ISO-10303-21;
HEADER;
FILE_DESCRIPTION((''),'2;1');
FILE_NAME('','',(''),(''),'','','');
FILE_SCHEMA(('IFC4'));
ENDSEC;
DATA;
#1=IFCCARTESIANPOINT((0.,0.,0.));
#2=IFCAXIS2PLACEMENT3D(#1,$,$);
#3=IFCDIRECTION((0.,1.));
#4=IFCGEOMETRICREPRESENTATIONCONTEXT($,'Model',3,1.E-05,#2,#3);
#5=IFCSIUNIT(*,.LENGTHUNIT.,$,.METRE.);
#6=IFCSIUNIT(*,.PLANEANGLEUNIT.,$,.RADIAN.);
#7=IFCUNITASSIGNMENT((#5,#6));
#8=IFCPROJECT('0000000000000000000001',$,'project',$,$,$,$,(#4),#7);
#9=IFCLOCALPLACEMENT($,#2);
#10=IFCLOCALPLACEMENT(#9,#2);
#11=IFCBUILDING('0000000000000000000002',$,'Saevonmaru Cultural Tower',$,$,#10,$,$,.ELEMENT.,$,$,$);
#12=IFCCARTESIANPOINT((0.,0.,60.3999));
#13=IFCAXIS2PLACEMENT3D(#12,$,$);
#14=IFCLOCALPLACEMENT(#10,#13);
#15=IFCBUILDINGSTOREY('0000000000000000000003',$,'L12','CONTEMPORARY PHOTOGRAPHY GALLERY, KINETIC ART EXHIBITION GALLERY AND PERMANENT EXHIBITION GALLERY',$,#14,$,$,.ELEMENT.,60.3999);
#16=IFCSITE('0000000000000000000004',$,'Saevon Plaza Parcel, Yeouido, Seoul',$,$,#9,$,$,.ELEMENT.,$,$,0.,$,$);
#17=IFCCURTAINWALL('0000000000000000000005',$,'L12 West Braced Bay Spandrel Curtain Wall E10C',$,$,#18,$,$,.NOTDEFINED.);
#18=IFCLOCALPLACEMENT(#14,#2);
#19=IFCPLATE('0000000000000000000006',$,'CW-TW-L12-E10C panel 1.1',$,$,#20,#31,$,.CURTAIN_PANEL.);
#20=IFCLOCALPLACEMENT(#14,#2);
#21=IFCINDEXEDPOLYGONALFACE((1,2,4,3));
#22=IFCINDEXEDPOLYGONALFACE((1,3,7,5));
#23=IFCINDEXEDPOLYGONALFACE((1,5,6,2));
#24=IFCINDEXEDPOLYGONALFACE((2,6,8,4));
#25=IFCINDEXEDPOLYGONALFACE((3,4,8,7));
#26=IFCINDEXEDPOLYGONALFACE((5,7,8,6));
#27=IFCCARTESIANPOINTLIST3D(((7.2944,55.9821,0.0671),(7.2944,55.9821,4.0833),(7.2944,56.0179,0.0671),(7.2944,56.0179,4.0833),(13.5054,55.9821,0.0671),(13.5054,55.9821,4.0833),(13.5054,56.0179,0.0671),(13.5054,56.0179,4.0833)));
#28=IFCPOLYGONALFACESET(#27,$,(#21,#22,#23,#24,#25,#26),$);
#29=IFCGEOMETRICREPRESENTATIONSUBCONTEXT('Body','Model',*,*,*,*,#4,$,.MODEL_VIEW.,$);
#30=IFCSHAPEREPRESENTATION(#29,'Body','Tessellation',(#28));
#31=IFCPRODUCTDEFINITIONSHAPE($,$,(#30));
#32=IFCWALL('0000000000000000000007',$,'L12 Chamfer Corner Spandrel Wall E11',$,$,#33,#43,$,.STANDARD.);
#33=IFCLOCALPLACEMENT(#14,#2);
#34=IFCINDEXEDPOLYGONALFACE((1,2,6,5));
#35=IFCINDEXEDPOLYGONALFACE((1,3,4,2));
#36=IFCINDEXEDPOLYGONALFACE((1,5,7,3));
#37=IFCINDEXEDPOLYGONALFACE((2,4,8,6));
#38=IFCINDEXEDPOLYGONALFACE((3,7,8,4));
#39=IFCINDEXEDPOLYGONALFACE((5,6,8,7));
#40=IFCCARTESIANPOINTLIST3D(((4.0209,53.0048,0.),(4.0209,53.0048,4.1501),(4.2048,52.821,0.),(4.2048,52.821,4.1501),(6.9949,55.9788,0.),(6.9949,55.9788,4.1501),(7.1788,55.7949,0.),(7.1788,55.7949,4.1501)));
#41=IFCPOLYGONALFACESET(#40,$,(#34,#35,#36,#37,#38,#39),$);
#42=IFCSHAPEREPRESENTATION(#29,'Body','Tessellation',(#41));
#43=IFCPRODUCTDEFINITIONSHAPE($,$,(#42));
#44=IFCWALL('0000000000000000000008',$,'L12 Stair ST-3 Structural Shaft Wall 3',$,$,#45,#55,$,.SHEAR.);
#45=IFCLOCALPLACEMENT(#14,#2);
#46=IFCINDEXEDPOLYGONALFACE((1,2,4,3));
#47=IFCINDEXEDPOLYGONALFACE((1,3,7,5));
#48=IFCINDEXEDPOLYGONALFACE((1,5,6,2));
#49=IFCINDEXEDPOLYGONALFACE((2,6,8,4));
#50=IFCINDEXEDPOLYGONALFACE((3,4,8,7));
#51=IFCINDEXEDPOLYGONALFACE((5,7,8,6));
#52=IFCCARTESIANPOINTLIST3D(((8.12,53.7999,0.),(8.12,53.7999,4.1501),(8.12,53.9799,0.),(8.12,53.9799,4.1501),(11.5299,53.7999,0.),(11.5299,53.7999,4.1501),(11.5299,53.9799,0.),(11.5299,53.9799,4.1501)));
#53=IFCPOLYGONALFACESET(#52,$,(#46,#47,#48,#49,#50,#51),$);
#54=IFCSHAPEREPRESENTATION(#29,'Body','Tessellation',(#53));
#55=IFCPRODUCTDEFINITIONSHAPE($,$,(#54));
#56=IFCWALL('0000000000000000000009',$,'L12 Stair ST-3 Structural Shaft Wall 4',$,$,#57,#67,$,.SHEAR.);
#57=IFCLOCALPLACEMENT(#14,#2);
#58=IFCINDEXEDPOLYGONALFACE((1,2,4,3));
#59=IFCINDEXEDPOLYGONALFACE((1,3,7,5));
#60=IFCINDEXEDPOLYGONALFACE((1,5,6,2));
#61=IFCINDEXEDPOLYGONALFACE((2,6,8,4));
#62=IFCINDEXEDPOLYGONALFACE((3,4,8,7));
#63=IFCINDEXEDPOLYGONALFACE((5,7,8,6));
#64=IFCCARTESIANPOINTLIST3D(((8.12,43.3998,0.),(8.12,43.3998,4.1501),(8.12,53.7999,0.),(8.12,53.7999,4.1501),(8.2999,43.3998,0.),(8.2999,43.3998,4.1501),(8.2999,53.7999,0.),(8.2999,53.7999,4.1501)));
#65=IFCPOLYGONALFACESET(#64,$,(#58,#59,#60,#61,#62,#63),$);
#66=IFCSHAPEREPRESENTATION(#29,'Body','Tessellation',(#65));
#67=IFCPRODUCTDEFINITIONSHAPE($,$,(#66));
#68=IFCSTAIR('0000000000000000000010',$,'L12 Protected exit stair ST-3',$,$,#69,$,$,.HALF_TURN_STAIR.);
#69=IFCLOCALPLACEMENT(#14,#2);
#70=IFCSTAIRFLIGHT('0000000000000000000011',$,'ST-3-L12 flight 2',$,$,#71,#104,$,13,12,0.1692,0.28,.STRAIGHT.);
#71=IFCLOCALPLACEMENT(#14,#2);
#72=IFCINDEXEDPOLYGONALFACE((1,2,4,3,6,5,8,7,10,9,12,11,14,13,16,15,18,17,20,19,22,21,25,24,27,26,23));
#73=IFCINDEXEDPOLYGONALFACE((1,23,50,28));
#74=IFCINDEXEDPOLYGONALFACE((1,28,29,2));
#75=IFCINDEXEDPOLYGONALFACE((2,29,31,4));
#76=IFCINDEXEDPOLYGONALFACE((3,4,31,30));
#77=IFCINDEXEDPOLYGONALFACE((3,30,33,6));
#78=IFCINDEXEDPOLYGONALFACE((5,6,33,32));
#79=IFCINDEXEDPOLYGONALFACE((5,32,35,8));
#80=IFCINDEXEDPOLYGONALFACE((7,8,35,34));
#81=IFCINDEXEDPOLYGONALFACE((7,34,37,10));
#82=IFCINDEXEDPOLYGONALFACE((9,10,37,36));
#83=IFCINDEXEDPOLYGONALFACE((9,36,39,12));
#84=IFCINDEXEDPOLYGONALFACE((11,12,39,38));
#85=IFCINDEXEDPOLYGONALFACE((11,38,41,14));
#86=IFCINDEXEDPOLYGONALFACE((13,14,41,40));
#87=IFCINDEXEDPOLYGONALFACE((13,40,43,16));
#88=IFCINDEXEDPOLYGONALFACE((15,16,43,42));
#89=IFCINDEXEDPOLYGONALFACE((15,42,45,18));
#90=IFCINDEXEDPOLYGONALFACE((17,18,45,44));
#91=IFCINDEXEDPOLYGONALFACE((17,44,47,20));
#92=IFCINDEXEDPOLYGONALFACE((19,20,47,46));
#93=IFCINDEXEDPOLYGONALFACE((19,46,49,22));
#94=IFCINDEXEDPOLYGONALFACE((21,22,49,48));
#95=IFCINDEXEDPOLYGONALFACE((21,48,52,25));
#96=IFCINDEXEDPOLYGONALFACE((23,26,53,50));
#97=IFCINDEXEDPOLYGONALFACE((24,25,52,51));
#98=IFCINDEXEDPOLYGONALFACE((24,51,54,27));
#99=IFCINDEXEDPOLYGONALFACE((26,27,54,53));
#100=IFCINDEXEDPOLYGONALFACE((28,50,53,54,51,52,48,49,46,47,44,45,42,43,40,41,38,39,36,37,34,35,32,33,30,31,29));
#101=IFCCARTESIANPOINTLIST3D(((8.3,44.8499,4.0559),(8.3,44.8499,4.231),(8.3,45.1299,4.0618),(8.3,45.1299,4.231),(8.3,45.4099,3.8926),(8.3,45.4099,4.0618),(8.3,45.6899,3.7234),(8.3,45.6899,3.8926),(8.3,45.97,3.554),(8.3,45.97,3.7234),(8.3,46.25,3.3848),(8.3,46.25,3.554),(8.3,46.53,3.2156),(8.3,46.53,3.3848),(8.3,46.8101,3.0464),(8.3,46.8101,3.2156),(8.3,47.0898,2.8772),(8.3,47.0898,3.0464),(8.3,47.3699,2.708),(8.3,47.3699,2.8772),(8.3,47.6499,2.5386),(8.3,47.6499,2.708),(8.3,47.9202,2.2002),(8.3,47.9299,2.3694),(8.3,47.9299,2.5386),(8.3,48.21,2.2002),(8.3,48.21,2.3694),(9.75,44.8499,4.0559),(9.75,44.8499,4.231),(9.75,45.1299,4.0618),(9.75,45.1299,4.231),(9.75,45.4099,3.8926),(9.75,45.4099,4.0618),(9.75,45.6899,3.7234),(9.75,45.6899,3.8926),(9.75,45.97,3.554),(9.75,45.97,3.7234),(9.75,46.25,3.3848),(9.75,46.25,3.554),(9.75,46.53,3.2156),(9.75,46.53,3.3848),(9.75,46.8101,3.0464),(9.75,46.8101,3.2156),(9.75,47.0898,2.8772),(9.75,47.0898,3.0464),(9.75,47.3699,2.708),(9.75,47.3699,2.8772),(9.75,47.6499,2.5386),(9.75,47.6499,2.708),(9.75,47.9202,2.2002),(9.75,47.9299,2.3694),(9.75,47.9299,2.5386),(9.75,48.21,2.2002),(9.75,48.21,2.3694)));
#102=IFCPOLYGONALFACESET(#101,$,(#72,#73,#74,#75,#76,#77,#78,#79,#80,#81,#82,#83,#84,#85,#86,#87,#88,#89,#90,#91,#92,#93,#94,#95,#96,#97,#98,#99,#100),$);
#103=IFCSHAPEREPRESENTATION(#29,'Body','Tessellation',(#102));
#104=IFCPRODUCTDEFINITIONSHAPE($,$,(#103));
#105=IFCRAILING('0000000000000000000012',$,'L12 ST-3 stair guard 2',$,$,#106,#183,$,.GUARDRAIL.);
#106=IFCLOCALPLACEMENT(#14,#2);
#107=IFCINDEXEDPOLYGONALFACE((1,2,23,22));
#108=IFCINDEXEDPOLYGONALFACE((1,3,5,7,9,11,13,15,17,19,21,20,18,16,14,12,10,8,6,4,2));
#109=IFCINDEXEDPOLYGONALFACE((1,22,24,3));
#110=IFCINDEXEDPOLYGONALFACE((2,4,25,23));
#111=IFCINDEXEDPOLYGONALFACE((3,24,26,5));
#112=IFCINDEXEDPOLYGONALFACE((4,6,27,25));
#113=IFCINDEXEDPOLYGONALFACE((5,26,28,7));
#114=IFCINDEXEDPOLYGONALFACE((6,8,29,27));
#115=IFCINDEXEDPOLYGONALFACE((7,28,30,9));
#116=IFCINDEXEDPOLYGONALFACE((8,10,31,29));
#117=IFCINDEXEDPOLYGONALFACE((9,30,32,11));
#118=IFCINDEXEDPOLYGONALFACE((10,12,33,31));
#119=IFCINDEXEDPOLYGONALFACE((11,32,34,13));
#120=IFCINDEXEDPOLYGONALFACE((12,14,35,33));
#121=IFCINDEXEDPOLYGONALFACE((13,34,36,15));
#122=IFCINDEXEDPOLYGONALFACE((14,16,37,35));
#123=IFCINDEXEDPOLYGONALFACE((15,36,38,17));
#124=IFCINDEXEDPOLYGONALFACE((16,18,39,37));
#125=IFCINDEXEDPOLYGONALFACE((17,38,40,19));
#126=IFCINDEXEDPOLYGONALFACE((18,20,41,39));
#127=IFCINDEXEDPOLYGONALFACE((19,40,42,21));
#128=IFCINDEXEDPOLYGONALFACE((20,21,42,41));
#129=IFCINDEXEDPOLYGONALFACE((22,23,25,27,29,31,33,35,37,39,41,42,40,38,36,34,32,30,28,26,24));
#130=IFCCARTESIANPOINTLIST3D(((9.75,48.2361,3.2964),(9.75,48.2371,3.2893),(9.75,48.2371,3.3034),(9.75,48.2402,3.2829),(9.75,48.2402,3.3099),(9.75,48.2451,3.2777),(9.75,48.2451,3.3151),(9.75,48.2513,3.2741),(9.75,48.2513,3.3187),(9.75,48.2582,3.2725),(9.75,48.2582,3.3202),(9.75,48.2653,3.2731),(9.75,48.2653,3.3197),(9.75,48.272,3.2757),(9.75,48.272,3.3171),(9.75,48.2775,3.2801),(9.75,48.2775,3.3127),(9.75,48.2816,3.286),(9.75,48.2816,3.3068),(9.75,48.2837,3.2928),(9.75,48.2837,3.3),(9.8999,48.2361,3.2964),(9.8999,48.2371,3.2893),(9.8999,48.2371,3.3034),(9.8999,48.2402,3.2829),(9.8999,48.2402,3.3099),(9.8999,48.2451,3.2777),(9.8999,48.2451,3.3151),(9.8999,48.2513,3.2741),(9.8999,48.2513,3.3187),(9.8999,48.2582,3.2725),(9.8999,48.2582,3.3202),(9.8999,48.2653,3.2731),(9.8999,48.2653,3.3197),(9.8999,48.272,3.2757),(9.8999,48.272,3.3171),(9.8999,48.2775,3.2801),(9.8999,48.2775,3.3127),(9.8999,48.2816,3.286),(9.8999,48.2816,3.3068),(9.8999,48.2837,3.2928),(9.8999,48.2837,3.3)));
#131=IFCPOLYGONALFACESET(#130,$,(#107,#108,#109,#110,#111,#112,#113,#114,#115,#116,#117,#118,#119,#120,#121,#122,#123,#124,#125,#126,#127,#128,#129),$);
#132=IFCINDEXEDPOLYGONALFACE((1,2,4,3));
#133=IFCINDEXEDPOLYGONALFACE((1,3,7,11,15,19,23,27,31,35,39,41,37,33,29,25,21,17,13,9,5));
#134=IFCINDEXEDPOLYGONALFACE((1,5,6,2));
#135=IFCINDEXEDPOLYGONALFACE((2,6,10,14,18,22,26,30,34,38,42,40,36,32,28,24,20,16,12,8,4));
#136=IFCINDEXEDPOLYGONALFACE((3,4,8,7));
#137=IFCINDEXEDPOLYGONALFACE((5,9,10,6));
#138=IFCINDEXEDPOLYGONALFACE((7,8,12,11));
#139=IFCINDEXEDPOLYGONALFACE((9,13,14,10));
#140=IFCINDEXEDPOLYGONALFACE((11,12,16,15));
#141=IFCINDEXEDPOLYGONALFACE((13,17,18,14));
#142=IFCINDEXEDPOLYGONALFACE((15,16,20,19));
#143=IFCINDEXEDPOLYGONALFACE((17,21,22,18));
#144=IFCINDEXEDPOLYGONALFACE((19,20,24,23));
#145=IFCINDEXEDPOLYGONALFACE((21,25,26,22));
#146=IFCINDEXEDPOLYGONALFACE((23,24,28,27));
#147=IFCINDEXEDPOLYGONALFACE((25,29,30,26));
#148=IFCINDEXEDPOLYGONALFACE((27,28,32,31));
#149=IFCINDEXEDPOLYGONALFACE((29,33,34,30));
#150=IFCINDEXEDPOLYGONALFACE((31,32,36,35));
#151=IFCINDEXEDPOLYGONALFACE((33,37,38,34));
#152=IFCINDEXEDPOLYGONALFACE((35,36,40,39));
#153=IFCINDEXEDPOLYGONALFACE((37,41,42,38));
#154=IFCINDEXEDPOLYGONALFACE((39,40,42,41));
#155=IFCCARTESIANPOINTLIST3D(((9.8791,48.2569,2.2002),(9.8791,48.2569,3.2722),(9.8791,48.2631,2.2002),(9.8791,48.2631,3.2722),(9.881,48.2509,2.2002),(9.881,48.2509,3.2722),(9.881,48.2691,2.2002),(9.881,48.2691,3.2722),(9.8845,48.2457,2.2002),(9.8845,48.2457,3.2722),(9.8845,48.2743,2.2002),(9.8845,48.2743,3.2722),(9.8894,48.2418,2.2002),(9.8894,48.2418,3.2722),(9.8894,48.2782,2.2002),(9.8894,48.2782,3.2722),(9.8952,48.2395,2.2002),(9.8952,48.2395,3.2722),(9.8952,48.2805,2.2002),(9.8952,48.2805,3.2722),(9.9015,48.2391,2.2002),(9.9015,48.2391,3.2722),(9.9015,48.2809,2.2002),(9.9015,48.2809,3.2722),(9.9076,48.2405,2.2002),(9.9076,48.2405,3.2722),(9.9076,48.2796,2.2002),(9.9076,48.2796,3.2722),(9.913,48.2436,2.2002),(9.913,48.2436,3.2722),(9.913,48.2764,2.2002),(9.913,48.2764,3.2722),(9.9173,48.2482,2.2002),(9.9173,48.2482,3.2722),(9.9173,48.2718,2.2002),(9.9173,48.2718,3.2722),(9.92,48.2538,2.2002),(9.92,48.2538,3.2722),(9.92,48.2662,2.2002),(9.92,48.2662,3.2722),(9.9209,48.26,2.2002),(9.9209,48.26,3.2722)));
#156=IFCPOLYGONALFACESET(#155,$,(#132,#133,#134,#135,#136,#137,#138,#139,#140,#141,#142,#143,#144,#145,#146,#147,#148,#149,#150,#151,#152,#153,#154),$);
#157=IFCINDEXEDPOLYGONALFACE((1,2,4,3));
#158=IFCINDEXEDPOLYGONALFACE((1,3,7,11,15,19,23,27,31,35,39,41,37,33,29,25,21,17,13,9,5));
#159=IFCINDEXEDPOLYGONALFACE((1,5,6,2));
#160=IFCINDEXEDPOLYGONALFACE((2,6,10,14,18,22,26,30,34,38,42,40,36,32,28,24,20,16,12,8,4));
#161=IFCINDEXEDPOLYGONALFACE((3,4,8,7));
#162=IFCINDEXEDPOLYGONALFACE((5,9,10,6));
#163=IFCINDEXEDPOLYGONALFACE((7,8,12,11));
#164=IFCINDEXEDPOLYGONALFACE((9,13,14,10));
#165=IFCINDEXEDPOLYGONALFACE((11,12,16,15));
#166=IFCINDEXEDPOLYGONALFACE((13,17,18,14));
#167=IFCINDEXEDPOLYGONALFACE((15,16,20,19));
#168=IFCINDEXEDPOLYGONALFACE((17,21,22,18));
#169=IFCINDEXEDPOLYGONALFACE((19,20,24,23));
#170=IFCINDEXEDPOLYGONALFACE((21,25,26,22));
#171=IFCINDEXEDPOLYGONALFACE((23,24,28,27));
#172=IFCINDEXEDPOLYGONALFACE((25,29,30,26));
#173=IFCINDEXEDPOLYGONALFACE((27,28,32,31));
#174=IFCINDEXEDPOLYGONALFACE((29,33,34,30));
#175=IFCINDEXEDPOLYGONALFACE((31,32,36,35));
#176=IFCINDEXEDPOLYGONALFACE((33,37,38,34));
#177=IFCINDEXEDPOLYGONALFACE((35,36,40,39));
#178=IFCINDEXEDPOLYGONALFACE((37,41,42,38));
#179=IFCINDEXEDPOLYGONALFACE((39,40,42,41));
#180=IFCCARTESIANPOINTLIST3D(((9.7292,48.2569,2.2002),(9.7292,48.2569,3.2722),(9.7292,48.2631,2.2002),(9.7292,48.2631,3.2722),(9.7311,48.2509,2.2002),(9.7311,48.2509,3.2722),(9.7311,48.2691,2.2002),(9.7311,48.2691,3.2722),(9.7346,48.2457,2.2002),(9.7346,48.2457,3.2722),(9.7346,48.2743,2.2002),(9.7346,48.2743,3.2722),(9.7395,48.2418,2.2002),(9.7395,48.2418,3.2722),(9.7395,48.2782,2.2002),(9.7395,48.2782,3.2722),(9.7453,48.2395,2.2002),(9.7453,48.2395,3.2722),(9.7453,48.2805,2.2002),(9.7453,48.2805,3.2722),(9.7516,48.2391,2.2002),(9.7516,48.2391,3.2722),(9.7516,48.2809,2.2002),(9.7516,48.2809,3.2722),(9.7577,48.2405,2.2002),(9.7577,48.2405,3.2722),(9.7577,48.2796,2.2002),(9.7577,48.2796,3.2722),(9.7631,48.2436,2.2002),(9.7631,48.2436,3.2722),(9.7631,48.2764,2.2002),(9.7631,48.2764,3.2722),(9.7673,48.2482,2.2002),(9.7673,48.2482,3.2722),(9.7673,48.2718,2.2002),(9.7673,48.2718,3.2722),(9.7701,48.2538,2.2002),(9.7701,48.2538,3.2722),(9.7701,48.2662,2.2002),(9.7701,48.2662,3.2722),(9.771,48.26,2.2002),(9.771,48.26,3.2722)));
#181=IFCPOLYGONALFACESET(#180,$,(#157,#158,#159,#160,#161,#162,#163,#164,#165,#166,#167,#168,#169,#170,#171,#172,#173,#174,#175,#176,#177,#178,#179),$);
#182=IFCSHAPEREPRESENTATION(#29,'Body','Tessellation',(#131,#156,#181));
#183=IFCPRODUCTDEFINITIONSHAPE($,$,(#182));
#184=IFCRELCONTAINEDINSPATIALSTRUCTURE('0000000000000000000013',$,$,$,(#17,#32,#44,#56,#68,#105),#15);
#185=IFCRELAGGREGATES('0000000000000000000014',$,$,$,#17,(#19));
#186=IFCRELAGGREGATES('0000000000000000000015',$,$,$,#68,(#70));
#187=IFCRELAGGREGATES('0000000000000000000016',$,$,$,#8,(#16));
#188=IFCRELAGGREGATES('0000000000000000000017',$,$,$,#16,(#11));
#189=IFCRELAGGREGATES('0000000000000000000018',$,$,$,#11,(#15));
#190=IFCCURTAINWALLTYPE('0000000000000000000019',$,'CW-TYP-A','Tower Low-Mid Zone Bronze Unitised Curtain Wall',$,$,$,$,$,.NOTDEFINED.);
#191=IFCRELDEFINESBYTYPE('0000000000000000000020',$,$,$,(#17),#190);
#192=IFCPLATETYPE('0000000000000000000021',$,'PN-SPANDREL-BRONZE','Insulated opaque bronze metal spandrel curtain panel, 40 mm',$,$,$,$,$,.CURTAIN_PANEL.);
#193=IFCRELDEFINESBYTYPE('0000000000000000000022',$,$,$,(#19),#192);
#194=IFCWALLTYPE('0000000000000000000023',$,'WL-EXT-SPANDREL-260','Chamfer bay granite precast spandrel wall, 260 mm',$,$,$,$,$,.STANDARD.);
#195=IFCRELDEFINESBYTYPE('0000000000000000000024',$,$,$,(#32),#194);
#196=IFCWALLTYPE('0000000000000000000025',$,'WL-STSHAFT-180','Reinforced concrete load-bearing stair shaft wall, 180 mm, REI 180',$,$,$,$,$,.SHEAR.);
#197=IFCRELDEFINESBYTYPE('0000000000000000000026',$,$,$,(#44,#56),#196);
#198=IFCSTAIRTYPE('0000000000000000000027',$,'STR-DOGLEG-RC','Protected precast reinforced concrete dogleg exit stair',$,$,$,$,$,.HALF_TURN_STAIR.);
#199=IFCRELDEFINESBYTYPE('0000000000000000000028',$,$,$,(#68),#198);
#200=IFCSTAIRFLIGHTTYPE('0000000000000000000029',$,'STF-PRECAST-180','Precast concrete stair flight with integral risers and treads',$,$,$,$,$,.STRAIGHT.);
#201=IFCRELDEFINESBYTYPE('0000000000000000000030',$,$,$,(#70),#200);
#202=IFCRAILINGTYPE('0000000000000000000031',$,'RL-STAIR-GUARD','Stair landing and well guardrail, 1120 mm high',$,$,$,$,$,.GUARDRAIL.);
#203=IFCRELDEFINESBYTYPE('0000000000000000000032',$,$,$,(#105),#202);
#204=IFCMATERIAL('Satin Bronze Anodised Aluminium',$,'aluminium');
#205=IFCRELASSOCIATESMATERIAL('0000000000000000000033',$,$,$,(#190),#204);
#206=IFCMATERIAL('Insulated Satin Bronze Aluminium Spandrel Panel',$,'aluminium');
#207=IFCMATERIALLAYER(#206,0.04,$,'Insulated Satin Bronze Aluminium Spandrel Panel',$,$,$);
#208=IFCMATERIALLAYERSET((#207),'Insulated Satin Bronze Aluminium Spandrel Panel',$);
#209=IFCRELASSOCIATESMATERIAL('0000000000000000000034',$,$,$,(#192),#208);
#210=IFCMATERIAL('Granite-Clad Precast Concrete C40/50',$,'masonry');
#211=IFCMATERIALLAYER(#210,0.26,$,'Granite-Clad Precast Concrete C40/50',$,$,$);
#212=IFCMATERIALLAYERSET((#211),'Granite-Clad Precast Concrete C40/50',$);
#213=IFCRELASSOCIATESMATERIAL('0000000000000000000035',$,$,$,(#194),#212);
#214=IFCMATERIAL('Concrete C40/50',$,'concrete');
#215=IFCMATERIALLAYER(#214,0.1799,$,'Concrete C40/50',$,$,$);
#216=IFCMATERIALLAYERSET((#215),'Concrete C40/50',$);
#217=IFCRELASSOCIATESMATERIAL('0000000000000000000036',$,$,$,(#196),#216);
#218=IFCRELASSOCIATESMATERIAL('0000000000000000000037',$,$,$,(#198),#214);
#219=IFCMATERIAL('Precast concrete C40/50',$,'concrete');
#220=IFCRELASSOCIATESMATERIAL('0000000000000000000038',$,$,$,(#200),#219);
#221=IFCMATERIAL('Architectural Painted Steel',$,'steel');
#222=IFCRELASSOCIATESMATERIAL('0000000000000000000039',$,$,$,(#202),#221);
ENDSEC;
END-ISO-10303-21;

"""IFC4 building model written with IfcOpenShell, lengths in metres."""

from ifc_helpers import new_model, si_unit, direction, frame, frame_2d, origin, origin_2d, place, context, subcontext, project, spatial, polyline, rectangle, circle, outline, extrude, material, layer, layer_set, type_object, element, aggregate, save


model = new_model("IFC4")

# Units and contexts
model_context = context("Model", 3, precision=1e-05, world=origin(), true_north=direction((0.0, 1.0)))
body_context = subcontext(model_context, "Body", "Model", "MODEL_VIEW")
ifc_project = project(units=[si_unit("LENGTHUNIT", "METRE"), si_unit("PLANEANGLEUNIT", "RADIAN")], contexts=[model_context])

# Site, building, storey
site_placement = place(None, origin())
site = spatial("IfcSite", under=ifc_project, at=site_placement, Name="Saevon Plaza Parcel, Yeouido, Seoul", CompositionType="ELEMENT", RefElevation=0.0)
building_placement = place(site_placement, origin())
building = spatial("IfcBuilding", under=site, at=building_placement, Name="Saevonmaru Cultural Tower", CompositionType="ELEMENT")
storey_placement = place(building_placement, frame((0.0, 0.0, 60.3999)))
storey = spatial("IfcBuildingStorey", under=building, at=storey_placement, Name="L12", Description="CONTEMPORARY PHOTOGRAPHY GALLERY, KINETIC ART EXHIBITION GALLERY AND PERMANENT EXHIBITION GALLERY", CompositionType="ELEMENT", Elevation=60.3999)

# Curtain wall
ifc_material_1 = material(Name="Satin Bronze Anodised Aluminium", Category="aluminium")
curtain_wall_type = type_object("IfcCurtainWallType", Name="CW-TYP-A", Description="Tower Low-Mid Zone Bronze Unitised Curtain Wall", PredefinedType="NOTDEFINED", material=ifc_material_1)
curtain_wall_1_placement = place(storey_placement, origin())
curtain_wall_1 = element("IfcCurtainWall", 1, at=curtain_wall_1_placement, inside=storey, type_object=curtain_wall_type, Name="L12 West Braced Bay Spandrel Curtain Wall E10C", PredefinedType="NOTDEFINED")

# Plate
ifc_material_2 = material(Name="Insulated Satin Bronze Aluminium Spandrel Panel", Category="aluminium")
ifc_layer_1 = layer(ifc_material_2, 0.04, Name="Insulated Satin Bronze Aluminium Spandrel Panel")
ifc_layer_set_1 = layer_set([ifc_layer_1], Name="Insulated Satin Bronze Aluminium Spandrel Panel")
plate_type_1 = type_object("IfcPlateType", Name="PN-SPANDREL-BRONZE", Description="Insulated opaque bronze metal spandrel curtain panel, 40 mm", PredefinedType="CURTAIN_PANEL", material=ifc_layer_set_1)
plate_1_placement = place(storey_placement, frame((10.3999, 56.0, 0.0671), z_axis=(0.0, 0.0, 1.0), x_axis=(-1.0, 0.0, 0.0)))
plate_1 = element("IfcPlate", 2, at=plate_1_placement, type_object=plate_type_1, Name="CW-TW-L12-E10C panel 1.1", PredefinedType="CURTAIN_PANEL", context=body_context, shape_type="SweptSolid", body=[
    extrude(rectangle(XDim=6.2109, YDim=0.0359, at=origin_2d()), origin(), (0.0, 0.0, 1.0), 4.0161),
])
aggregate(curtain_wall_1, [plate_1])

# Walls
ifc_material_3 = material(Name="Granite-Clad Precast Concrete C40/50", Category="masonry")
ifc_layer_2 = layer(ifc_material_3, 0.26, Name="Granite-Clad Precast Concrete C40/50")
ifc_layer_set_2 = layer_set([ifc_layer_2], Name="Granite-Clad Precast Concrete C40/50")
wall_type_1 = type_object("IfcWallType", Name="WL-EXT-SPANDREL-260", Description="Chamfer bay granite precast spandrel wall, 260 mm", PredefinedType="STANDARD", material=ifc_layer_set_2)
wall_1_placement = place(storey_placement, frame((7.0869, 55.887, 0.0), z_axis=(0.0, 0.0, 1.0), x_axis=(-0.707107, -0.707107, 0.0)))
element("IfcWall", 3, at=wall_1_placement, inside=storey, type_object=wall_type_1, Name="L12 Chamfer Corner Spandrel Wall E11", PredefinedType="STANDARD", context=body_context, shape_type="SweptSolid", body=[
    extrude(rectangle(XDim=4.2058, YDim=0.26, at=frame_2d((2.103, 0.0))), origin(), (0.0, 0.0, 1.0), 4.1501),
])
ifc_material_4 = material(Name="Concrete C40/50", Category="concrete")
ifc_layer_3 = layer(ifc_material_4, 0.1799, Name="Concrete C40/50")
ifc_layer_set_3 = layer_set([ifc_layer_3], Name="Concrete C40/50")
wall_type_2 = type_object("IfcWallType", Name="WL-STSHAFT-180", Description="Reinforced concrete load-bearing stair shaft wall, 180 mm, REI 180", PredefinedType="SHEAR", material=ifc_layer_set_3)
wall_2_placement = place(storey_placement, frame((11.53, 53.8899, 0.0), z_axis=(0.0, 0.0, 1.0), x_axis=(-1.0, 0.0, 0.0)))
element("IfcWall", 4, at=wall_2_placement, inside=storey, type_object=wall_type_2, Name="L12 Stair ST-3 Structural Shaft Wall 3", PredefinedType="SHEAR", context=body_context, shape_type="SweptSolid", body=[
    extrude(rectangle(XDim=3.4099, YDim=0.1799, at=frame_2d((1.7051, 0.0))), origin(), (0.0, 0.0, 1.0), 4.1501),
])
wall_3_placement = place(storey_placement, frame((8.21, 53.8, 0.0), z_axis=(0.0, 0.0, 1.0), x_axis=(0.0, -1.0, 0.0)))
element("IfcWall", 5, at=wall_3_placement, inside=storey, type_object=wall_type_2, Name="L12 Stair ST-3 Structural Shaft Wall 4", PredefinedType="SHEAR", context=body_context, shape_type="SweptSolid", body=[
    extrude(rectangle(XDim=10.4001, YDim=0.1799, at=frame_2d((5.2002, 0.0))), origin(), (0.0, 0.0, 1.0), 4.1501),
])

# Stair, stair flight
stair_type = type_object("IfcStairType", Name="STR-DOGLEG-RC", Description="Protected precast reinforced concrete dogleg exit stair", PredefinedType="HALF_TURN_STAIR", material=ifc_material_4)
stair_placement = place(storey_placement, origin())
stair = element("IfcStair", 6, at=stair_placement, inside=storey, type_object=stair_type, Name="L12 Protected exit stair ST-3", PredefinedType="HALF_TURN_STAIR")
ifc_material_5 = material(Name="Precast concrete C40/50", Category="concrete")
stair_flight_type = type_object("IfcStairFlightType", Name="STF-PRECAST-180", Description="Precast concrete stair flight with integral risers and treads", PredefinedType="STRAIGHT", material=ifc_material_5)
stair_flight_placement = place(storey_placement, frame((9.0249, 48.21, 2.2002), z_axis=(0.0, 0.0, 1.0), x_axis=(0.0, -1.0, 0.0)))
stair_flight = element("IfcStairFlight", 7, at=stair_flight_placement, type_object=stair_flight_type, Name="ST-3-L12 flight 2", NumberOfRisers=13, NumberOfTreads=12, PredefinedType="STRAIGHT", RiserHeight=0.1692, TreadLength=0.28, context=body_context, shape_type="SweptSolid", body=[
    extrude(outline(polyline([(0.0, 0.0), (0.0, 0.1692), (0.28, 0.1692), (0.28, 0.3384), (0.5601, 0.3384), (0.5601, 0.5078), (0.8401, 0.5078), (0.8401, 0.677), (1.1201, 0.677), (1.1201, 0.8462), (1.3999, 0.8462), (1.3999, 1.0154), (1.6799, 1.0154), (1.6799, 1.1846), (1.96, 1.1846), (1.96, 1.3538), (2.24, 1.3538), (2.24, 1.5232), (2.52, 1.5232), (2.52, 1.6924), (2.8, 1.6924), (2.8, 1.8616), (3.0801, 1.8616), (3.0801, 2.0308), (3.3601, 2.0308), (3.3601, 2.2), (3.3601, 1.8557), (0.2898, 0.0), (0.0, 0.0)])), frame((0.0, 0.7251, 0.0), z_axis=(0.0, -1.0, 0.0), x_axis=(1.0, 0.0, 0.0)), (0.0, 0.0, 1.0), 1.45),
])
aggregate(stair, [stair_flight])

# Railing
ifc_material_6 = material(Name="Architectural Painted Steel", Category="steel")
railing_type_1 = type_object("IfcRailingType", Name="RL-STAIR-GUARD", Description="Stair landing and well guardrail, 1120 mm high", PredefinedType="GUARDRAIL", material=ifc_material_6)
railing_1_placement = place(storey_placement, frame((9.8999, 48.26, 2.2002)))
element("IfcRailing", 8, at=railing_1_placement, inside=storey, type_object=railing_type_1, Name="L12 ST-3 stair guard 2", PredefinedType="GUARDRAIL", context=body_context, shape_type="SweptSolid", body=[
    extrude(circle(Radius=0.0239, at=origin_2d()), frame((0.0, 0.0, 1.0962), z_axis=(-1.0, 0.0, 0.0), x_axis=(0.0, -1.0, 0.0)), (0.0, 0.0, 1.0), 0.1499),
    extrude(circle(Radius=0.021, at=origin_2d()), origin(), (0.0, 0.0, 1.0), 1.072),
    extrude(circle(Radius=0.021, at=origin_2d()), frame((-0.1499, 0.0, 0.0)), (0.0, 0.0, 1.0), 1.072),
])

save(model, "model.ifc")
